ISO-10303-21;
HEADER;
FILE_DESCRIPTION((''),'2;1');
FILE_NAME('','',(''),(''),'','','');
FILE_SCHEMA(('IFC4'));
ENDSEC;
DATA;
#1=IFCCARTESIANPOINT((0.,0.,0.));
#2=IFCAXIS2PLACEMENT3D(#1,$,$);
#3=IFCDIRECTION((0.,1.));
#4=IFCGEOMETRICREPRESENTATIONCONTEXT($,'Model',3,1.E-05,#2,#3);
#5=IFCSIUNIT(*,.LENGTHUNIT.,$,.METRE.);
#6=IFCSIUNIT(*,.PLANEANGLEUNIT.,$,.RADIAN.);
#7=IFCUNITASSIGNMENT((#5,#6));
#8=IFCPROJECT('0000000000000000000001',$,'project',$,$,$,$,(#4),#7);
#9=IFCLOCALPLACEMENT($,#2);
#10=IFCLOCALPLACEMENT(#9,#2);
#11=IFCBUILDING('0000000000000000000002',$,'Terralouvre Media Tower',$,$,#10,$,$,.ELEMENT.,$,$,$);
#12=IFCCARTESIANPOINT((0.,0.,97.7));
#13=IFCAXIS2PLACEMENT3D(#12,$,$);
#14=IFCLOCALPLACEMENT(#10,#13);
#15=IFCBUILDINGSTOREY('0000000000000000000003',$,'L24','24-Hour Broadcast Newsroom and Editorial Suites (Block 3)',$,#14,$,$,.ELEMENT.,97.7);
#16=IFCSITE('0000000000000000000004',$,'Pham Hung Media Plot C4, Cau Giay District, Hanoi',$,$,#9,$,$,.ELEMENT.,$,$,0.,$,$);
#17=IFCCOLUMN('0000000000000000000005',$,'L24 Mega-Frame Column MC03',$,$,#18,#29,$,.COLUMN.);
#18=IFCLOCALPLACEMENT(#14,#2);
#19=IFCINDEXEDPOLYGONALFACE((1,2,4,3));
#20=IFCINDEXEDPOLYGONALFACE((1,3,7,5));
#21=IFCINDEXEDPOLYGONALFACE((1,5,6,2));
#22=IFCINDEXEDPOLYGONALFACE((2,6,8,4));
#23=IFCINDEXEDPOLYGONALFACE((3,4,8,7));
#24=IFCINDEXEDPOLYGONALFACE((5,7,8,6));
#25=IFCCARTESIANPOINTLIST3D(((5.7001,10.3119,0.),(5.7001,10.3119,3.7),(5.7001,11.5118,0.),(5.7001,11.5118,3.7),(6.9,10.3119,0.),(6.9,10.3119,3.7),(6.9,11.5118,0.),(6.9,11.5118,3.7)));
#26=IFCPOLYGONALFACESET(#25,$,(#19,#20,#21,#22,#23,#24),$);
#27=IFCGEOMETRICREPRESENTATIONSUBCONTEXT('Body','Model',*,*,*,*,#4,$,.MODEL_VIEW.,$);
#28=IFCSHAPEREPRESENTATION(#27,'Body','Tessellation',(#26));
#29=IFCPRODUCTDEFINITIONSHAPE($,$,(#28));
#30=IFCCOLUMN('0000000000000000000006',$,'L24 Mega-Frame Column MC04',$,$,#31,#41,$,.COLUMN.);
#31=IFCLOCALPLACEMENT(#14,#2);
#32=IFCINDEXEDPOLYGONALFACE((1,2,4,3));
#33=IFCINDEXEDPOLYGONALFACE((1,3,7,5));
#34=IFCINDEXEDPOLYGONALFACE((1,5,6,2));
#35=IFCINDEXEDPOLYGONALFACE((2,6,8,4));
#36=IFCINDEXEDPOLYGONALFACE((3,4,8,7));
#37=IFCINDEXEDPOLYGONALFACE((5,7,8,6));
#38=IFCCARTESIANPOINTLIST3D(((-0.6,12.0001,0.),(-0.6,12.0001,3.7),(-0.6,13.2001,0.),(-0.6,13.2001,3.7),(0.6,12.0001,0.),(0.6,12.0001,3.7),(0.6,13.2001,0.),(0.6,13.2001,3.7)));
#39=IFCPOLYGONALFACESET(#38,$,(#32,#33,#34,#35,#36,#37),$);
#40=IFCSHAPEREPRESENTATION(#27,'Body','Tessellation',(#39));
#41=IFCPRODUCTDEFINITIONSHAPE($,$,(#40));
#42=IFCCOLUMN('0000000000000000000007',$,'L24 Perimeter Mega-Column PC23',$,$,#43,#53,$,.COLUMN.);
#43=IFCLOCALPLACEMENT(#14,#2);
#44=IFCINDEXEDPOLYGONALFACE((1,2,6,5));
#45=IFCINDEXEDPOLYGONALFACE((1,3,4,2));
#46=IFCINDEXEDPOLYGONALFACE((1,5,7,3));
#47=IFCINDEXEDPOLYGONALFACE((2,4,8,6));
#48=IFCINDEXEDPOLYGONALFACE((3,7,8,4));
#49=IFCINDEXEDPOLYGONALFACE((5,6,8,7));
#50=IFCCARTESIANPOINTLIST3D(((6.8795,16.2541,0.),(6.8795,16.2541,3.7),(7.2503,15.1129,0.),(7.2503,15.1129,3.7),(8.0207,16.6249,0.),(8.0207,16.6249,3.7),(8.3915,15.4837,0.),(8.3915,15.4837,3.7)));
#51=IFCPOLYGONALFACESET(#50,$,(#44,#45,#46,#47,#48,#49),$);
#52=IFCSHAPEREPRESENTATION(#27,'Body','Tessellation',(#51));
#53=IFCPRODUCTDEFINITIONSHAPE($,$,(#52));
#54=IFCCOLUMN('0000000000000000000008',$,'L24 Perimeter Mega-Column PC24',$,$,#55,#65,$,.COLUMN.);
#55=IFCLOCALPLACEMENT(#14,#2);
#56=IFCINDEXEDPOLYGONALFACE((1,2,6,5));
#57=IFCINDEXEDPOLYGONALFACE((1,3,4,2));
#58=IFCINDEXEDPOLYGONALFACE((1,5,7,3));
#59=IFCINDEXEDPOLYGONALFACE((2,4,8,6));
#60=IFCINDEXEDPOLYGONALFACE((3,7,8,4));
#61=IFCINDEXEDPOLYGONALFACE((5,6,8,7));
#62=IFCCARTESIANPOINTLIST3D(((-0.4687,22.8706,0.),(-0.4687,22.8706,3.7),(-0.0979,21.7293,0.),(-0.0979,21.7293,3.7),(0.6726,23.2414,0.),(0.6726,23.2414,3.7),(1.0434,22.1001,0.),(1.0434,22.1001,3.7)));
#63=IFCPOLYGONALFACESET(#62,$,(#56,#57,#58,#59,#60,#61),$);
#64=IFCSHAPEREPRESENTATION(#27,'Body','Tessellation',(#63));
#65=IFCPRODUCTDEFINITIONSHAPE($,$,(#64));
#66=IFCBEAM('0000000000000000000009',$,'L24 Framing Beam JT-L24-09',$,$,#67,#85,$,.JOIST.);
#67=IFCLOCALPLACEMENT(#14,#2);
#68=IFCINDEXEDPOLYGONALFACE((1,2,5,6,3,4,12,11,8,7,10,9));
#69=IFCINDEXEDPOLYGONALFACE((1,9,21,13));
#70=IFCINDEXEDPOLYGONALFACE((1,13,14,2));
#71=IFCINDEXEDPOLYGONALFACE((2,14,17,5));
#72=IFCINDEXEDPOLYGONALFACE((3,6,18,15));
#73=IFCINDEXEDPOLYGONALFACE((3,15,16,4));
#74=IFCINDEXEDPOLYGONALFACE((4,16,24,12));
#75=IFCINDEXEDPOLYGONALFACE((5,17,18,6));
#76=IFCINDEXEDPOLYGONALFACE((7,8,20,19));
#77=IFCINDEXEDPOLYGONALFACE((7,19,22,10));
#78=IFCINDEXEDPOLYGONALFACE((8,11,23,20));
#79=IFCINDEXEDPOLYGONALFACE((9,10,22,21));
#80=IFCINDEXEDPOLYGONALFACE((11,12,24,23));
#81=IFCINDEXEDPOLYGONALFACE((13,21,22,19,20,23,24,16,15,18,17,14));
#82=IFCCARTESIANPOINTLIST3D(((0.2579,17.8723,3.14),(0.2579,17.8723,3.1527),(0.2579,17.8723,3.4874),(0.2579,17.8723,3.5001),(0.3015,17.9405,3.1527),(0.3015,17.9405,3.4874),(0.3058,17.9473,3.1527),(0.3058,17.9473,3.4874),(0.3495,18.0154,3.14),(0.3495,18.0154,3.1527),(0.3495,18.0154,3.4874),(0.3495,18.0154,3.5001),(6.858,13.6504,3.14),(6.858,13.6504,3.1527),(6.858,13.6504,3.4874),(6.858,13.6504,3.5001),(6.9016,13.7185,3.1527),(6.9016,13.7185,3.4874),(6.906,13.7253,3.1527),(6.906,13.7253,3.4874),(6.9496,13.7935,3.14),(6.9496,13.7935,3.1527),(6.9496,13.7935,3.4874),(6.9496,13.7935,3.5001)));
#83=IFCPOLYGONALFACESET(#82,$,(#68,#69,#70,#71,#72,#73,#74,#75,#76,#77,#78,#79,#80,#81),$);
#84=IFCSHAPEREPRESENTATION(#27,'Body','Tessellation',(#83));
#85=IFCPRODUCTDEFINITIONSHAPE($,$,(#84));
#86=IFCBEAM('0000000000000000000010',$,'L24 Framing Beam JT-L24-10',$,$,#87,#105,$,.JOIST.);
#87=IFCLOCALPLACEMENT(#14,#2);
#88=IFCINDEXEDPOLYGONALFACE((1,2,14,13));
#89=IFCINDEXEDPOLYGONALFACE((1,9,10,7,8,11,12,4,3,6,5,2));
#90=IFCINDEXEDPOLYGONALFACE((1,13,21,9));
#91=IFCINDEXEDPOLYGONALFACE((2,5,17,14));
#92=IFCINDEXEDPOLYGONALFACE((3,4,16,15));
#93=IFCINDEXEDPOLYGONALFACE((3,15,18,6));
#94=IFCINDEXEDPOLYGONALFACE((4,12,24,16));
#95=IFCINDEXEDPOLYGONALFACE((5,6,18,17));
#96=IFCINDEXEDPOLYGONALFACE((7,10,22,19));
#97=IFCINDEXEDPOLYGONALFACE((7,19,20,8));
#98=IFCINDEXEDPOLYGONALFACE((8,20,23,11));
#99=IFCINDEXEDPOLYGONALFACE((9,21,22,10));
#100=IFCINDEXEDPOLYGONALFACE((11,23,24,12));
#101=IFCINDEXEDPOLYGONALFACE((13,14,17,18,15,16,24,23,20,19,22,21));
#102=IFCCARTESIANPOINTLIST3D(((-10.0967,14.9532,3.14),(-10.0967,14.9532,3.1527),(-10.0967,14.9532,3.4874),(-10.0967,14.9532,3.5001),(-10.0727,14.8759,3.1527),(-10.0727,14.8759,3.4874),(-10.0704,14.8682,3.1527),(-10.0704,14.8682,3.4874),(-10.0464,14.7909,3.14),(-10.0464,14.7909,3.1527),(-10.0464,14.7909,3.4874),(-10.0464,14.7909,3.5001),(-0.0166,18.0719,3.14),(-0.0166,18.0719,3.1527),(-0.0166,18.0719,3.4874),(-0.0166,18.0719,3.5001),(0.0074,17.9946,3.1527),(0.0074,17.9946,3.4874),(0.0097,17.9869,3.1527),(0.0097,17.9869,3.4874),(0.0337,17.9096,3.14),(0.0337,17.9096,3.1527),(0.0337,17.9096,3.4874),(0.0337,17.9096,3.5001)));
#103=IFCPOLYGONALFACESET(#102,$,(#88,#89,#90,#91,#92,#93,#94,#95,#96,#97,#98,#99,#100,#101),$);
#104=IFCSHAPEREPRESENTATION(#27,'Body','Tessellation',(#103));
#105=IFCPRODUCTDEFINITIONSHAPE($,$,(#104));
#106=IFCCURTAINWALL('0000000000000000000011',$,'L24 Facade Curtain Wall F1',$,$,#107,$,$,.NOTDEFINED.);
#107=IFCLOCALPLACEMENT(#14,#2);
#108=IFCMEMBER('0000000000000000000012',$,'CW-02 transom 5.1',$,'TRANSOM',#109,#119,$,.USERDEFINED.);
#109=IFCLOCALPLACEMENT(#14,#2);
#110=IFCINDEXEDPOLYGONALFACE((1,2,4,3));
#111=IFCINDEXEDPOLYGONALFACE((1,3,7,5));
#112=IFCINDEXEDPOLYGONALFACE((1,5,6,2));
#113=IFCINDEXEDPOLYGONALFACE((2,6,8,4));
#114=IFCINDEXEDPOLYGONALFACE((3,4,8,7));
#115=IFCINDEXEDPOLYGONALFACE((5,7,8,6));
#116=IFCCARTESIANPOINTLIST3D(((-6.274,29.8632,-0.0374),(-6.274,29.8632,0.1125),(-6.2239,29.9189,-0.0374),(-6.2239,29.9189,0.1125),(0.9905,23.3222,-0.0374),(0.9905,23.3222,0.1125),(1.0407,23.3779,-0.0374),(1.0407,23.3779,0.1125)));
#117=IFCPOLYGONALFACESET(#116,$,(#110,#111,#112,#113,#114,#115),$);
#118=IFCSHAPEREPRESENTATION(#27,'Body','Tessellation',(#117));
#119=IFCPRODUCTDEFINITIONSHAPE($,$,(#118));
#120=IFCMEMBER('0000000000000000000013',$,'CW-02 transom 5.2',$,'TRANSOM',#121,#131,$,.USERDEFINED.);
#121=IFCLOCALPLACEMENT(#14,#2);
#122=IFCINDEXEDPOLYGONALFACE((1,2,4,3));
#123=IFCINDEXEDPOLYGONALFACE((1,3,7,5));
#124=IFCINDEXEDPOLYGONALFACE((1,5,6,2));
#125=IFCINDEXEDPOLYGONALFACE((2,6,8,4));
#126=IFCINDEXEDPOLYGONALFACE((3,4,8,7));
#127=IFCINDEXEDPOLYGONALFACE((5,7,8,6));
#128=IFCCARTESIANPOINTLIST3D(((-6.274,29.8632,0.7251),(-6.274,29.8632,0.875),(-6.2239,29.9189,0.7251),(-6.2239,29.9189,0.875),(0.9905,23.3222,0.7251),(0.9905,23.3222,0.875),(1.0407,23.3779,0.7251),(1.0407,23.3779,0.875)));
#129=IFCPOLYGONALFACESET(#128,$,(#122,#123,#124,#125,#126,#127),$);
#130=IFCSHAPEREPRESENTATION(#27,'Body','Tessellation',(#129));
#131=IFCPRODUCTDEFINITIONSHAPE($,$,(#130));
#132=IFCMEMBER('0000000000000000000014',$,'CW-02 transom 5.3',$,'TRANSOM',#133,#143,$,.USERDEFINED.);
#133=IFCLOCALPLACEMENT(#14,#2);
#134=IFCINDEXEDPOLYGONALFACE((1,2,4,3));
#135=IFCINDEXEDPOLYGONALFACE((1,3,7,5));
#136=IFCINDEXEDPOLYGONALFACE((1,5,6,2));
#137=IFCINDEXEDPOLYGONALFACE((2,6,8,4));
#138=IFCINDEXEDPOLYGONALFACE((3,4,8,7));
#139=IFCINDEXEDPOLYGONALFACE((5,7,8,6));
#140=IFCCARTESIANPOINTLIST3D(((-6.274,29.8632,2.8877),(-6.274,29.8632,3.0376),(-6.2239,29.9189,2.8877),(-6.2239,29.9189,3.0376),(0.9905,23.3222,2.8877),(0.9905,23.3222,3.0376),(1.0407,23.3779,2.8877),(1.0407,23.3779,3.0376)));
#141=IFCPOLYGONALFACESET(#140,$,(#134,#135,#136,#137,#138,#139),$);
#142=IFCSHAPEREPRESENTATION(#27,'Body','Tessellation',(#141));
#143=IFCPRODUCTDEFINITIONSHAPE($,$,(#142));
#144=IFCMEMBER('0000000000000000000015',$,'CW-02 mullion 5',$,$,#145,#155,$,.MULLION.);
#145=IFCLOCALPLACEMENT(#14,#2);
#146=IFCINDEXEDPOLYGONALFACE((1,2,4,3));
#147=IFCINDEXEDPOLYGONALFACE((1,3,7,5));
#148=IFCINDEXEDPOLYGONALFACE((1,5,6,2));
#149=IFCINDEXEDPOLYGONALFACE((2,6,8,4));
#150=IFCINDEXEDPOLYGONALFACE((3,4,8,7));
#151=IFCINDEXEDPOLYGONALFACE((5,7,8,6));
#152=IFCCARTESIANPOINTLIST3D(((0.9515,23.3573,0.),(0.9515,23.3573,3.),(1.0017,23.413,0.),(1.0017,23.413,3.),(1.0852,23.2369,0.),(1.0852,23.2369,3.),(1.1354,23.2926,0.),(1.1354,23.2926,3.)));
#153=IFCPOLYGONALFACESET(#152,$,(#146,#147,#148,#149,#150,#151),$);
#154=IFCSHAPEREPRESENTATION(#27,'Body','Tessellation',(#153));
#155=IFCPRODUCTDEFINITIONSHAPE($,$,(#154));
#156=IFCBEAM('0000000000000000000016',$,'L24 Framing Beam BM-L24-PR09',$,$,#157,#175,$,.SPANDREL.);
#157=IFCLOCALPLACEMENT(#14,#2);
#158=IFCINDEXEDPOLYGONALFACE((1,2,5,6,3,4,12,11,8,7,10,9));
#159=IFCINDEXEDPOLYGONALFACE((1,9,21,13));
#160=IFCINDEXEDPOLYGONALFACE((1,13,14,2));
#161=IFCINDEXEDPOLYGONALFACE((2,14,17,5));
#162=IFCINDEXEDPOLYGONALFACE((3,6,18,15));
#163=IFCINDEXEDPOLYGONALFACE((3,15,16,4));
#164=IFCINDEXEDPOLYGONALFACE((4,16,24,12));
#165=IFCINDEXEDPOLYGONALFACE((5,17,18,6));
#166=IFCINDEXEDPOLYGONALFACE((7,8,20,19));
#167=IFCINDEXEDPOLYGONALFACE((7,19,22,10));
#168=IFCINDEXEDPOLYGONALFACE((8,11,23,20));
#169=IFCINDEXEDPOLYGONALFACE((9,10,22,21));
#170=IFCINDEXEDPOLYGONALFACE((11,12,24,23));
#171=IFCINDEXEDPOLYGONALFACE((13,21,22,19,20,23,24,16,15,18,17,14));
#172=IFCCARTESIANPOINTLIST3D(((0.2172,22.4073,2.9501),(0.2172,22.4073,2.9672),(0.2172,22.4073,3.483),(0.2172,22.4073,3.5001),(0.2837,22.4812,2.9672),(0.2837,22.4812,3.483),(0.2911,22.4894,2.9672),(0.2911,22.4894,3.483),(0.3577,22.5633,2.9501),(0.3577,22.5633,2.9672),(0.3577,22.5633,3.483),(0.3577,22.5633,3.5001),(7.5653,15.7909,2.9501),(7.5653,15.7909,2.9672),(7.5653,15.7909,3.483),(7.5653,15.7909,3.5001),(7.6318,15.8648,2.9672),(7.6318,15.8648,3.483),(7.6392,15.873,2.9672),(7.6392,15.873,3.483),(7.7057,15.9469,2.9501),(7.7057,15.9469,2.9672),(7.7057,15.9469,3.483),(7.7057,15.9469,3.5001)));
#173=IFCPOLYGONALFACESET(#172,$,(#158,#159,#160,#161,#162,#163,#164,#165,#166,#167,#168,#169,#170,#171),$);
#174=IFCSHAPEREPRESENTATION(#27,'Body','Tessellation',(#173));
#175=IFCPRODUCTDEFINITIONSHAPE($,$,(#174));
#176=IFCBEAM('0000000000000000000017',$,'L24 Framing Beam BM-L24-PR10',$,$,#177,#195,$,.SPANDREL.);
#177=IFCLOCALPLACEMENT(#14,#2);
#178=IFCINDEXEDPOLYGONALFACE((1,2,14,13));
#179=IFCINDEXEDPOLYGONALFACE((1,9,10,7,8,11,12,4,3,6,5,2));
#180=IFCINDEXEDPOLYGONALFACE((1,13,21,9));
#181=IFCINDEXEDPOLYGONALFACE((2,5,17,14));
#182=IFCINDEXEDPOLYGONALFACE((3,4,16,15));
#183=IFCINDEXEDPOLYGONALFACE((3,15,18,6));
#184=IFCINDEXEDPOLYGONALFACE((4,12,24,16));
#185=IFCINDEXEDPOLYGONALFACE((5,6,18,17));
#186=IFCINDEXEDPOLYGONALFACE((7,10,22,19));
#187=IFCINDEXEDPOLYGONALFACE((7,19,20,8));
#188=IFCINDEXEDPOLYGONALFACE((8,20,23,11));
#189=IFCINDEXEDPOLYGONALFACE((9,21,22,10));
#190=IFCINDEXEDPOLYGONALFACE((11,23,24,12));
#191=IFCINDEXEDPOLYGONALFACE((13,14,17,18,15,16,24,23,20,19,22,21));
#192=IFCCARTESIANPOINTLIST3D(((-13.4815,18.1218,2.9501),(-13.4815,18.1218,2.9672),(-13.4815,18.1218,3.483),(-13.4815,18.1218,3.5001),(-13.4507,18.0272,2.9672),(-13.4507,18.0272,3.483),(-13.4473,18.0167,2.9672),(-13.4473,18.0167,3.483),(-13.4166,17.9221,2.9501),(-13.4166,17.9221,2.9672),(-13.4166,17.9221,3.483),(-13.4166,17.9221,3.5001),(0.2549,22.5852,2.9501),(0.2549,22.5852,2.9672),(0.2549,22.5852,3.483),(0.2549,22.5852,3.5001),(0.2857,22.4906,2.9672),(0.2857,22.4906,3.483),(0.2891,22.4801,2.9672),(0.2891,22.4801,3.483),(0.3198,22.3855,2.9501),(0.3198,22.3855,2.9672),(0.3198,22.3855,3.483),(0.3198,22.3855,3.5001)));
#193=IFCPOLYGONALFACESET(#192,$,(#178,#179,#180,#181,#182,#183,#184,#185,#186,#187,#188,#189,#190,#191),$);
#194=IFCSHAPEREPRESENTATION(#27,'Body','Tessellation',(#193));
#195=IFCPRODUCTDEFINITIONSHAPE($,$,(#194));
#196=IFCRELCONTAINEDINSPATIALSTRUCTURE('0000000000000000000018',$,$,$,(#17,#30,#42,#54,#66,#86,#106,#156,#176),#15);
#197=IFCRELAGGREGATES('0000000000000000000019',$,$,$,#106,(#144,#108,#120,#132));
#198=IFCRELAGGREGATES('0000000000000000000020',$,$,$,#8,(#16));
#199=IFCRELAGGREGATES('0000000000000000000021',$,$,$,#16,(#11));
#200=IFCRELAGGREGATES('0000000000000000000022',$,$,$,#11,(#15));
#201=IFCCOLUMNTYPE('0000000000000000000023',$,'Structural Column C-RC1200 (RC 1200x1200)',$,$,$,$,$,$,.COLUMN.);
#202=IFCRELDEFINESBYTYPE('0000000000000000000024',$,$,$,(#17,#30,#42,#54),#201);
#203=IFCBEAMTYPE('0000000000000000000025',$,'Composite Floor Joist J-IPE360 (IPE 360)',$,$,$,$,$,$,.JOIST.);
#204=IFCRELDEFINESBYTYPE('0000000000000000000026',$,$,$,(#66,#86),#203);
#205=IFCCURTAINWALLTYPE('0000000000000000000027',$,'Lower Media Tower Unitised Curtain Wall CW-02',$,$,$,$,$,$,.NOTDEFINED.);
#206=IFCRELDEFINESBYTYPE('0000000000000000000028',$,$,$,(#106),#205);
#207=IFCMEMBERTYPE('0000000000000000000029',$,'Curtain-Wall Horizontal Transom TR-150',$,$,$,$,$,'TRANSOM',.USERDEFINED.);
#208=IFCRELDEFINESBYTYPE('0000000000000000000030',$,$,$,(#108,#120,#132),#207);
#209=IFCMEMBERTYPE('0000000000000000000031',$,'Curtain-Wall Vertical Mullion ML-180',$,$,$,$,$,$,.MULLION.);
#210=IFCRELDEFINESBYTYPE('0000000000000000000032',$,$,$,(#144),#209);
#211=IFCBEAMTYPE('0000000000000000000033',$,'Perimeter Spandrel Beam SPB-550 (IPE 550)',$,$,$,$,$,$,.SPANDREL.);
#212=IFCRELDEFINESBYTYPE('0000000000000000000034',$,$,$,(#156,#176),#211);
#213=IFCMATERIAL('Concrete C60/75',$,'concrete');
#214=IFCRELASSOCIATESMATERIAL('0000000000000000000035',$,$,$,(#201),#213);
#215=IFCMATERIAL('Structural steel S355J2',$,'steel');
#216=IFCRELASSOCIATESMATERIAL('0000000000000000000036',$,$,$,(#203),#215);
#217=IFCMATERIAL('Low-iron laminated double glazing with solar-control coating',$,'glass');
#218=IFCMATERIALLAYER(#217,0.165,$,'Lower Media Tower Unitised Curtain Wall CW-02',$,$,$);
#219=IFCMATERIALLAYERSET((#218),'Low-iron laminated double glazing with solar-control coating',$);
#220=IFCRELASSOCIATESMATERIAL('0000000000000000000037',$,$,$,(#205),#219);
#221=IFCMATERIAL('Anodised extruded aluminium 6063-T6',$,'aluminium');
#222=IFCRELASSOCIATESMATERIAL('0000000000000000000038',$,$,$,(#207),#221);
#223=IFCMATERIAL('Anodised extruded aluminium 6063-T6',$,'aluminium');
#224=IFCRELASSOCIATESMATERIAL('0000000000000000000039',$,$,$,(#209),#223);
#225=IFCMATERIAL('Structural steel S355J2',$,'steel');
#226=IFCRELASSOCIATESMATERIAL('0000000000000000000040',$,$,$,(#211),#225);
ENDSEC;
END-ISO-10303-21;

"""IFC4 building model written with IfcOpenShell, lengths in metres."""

from ifc_helpers import new_model, si_unit, direction, frame, origin, origin_2d, place, context, subcontext, project, spatial, rectangle, i_section, extrude, material, layer, layer_set, material_profile, profile_set, type_object, element, aggregate, save


model = new_model("IFC4")

# Units and contexts
model_context = context("Model", 3, precision=1e-05, world=origin(), true_north=direction((0.0, 1.0)))
body_context = subcontext(model_context, "Body", "Model", "MODEL_VIEW")
ifc_project = project(units=[si_unit("LENGTHUNIT", "METRE"), si_unit("PLANEANGLEUNIT", "RADIAN")], contexts=[model_context])

# Site, building, storey
site_placement = place(None, origin())
site = spatial("IfcSite", under=ifc_project, at=site_placement, Name="Pham Hung Media Plot C4, Cau Giay District, Hanoi", CompositionType="ELEMENT", RefElevation=0.0)
building_placement = place(site_placement, origin())
building = spatial("IfcBuilding", under=site, at=building_placement, Name="Terralouvre Media Tower", CompositionType="ELEMENT")
storey_placement = place(building_placement, frame((0.0, 0.0, 97.7)))
storey = spatial("IfcBuildingStorey", under=building, at=storey_placement, Name="L24", Description="24-Hour Broadcast Newsroom and Editorial Suites (Block 3)", CompositionType="ELEMENT", Elevation=97.7)

# Columns
ifc_material_1 = material(Name="Concrete C60/75", Category="concrete")
ifc_material_profile_1 = material_profile(ifc_material_1, rectangle(XDim=1.2, YDim=1.2, at=origin_2d()), Name="RC 1200x1200")
ifc_profile_set_1 = profile_set([ifc_material_profile_1], Name="Concrete C60/75")
column_type = type_object("IfcColumnType", Name="Structural Column C-RC1200 (RC 1200x1200)", PredefinedType="COLUMN", material=ifc_profile_set_1)
for number, where, z_axis, x_axis, name in (
    (1, (6.3, 10.9119, 0.0), (0.0, 0.0, 1.0), (1.0, 0.0, 0.0), "L24 Mega-Frame Column MC03"),
    (2, (0.0, 12.6001, 0.0), (0.0, 0.0, 1.0), (1.0, 0.0, 0.0), "L24 Mega-Frame Column MC04"),
    (3, (7.6355, 15.8689, 0.0), (0.0, 0.0, 1.0), (0.951057, 0.309017, 0.0), "L24 Perimeter Mega-Column PC23"),
    (4, (0.2874, 22.4854, 0.0), (0.0, 0.0, 1.0), (0.951057, 0.309017, 0.0), "L24 Perimeter Mega-Column PC24"),
):
    element("IfcColumn", number, at=place(storey_placement, frame(where, z_axis=z_axis, x_axis=x_axis)), inside=storey, type_object=column_type, Name=name, PredefinedType="COLUMN", context=body_context, shape_type="SweptSolid", body=[
        extrude(rectangle(XDim=1.2, YDim=1.2, at=origin_2d()), origin(), (0.0, 0.0, 1.0), 3.7),
    ])

# Beams
ifc_material_2 = material(Name="Structural steel S355J2", Category="steel")
ifc_material_profile_2 = material_profile(ifc_material_2, i_section(OverallWidth=0.1699, OverallDepth=0.3601, WebThickness=0.0081, FlangeThickness=0.0127, at=origin_2d()), Name="IPE 360")
ifc_profile_set_2 = profile_set([ifc_material_profile_2], Name="Structural steel S355J2")
beam_type_1 = type_object("IfcBeamType", Name="Composite Floor Joist J-IPE360 (IPE 360)", PredefinedType="JOIST", material=ifc_profile_set_2)
beam_1_placement = place(storey_placement, frame((6.9038, 13.7219, 3.3201), z_axis=(-0.842395, 0.53886, 0.0), x_axis=(-0.53886, -0.842395, 0.0)))
element("IfcBeam", 5, at=beam_1_placement, inside=storey, type_object=beam_type_1, Name="L24 Framing Beam JT-L24-09", PredefinedType="JOIST", context=body_context, shape_type="SweptSolid", body=[
    extrude(i_section(OverallWidth=0.1699, OverallDepth=0.3601, WebThickness=0.0081, FlangeThickness=0.0127, at=origin_2d()), origin(), (0.0, 0.0, 1.0), 7.835),
])
beam_2_placement = place(storey_placement, frame((0.0085, 17.9907, 3.3201), z_axis=(-0.955323, -0.295565, 0.0), x_axis=(0.295565, -0.955323, 0.0)))
element("IfcBeam", 6, at=beam_2_placement, inside=storey, type_object=beam_type_1, Name="L24 Framing Beam JT-L24-10", PredefinedType="JOIST", context=body_context, shape_type="SweptSolid", body=[
    extrude(i_section(OverallWidth=0.1699, OverallDepth=0.3601, WebThickness=0.0081, FlangeThickness=0.0127, at=origin_2d()), origin(), (0.0, 0.0, 1.0), 10.5515),
])

# Curtain wall, members
ifc_material_3 = material(Name="Low-iron laminated double glazing with solar-control coating", Category="glass")
ifc_layer_1 = layer(ifc_material_3, 0.165, Name="Lower Media Tower Unitised Curtain Wall CW-02")
ifc_layer_set_1 = layer_set([ifc_layer_1], Name="Low-iron laminated double glazing with solar-control coating")
curtain_wall_type = type_object("IfcCurtainWallType", Name="Lower Media Tower Unitised Curtain Wall CW-02", PredefinedType="NOTDEFINED", material=ifc_layer_set_1)
curtain_wall_placement = place(storey_placement, origin())
curtain_wall = element("IfcCurtainWall", 7, at=curtain_wall_placement, inside=storey, type_object=curtain_wall_type, Name="L24 Facade Curtain Wall F1", PredefinedType="NOTDEFINED")
ifc_material_4 = material(Name="Anodised extruded aluminium 6063-T6", Category="aluminium")
ifc_material_profile_3 = material_profile(ifc_material_4, rectangle(XDim=0.075, YDim=0.1499, at=origin_2d()), Name="ALU 75x150")
ifc_profile_set_3 = profile_set([ifc_material_profile_3], Name="Anodised extruded aluminium 6063-T6")
member_type_1 = type_object("IfcMemberType", Name="Curtain-Wall Horizontal Transom TR-150", ElementType="TRANSOM", PredefinedType="USERDEFINED", material=ifc_profile_set_3)
member_1_placement = place(storey_placement, frame((1.0156, 23.3501, 0.0376), z_axis=(-0.74315, 0.669125, 0.0), x_axis=(-0.669125, -0.74315, 0.0)))
member_1 = element("IfcMember", 8, at=member_1_placement, type_object=member_type_1, Name="CW-02 transom 5.1", ObjectType="TRANSOM", PredefinedType="USERDEFINED", context=body_context, shape_type="SweptSolid", body=[
    extrude(rectangle(XDim=0.075, YDim=0.1499, at=origin_2d()), origin(), (0.0, 0.0, 1.0), 9.7754),
])
member_2_placement = place(storey_placement, frame((1.0156, 23.3501, 0.8), z_axis=(-0.74315, 0.669125, 0.0), x_axis=(-0.669125, -0.74315, 0.0)))
member_2 = element("IfcMember", 9, at=member_2_placement, type_object=member_type_1, Name="CW-02 transom 5.2", ObjectType="TRANSOM", PredefinedType="USERDEFINED", context=body_context, shape_type="SweptSolid", body=[
    extrude(rectangle(XDim=0.075, YDim=0.1499, at=origin_2d()), origin(), (0.0, 0.0, 1.0), 9.7754),
])
member_3_placement = place(storey_placement, frame((1.0156, 23.3501, 2.9626), z_axis=(-0.74315, 0.669125, 0.0), x_axis=(-0.669125, -0.74315, 0.0)))
member_3 = element("IfcMember", 10, at=member_3_placement, type_object=member_type_1, Name="CW-02 transom 5.3", ObjectType="TRANSOM", PredefinedType="USERDEFINED", context=body_context, shape_type="SweptSolid", body=[
    extrude(rectangle(XDim=0.075, YDim=0.1499, at=origin_2d()), origin(), (0.0, 0.0, 1.0), 9.7754),
])
ifc_material_5 = material(Name="Anodised extruded aluminium 6063-T6", Category="aluminium")
ifc_material_profile_4 = material_profile(ifc_material_5, rectangle(XDim=0.075, YDim=0.1799, at=origin_2d()), Name="ALU 75x180")
ifc_profile_set_4 = profile_set([ifc_material_profile_4], Name="Anodised extruded aluminium 6063-T6")
member_type_2 = type_object("IfcMemberType", Name="Curtain-Wall Vertical Mullion ML-180", PredefinedType="MULLION", material=ifc_profile_set_4)
member_4_placement = place(storey_placement, frame((1.0435, 23.325, 0.0), z_axis=(0.0, 0.0, 1.0), x_axis=(-0.669131, -0.743145, 0.0)))
member_4 = element("IfcMember", 11, at=member_4_placement, type_object=member_type_2, Name="CW-02 mullion 5", PredefinedType="MULLION", context=body_context, shape_type="SweptSolid", body=[
    extrude(rectangle(XDim=0.075, YDim=0.1799, at=origin_2d()), origin(), (0.0, 0.0, 1.0), 3.0),
])

# Beams
ifc_material_6 = material(Name="Structural steel S355J2", Category="steel")
ifc_material_profile_5 = material_profile(ifc_material_6, i_section(OverallWidth=0.21, OverallDepth=0.55, WebThickness=0.011, FlangeThickness=0.0171, at=origin_2d()), Name="IPE 550")
ifc_profile_set_5 = profile_set([ifc_material_profile_5], Name="Structural steel S355J2")
beam_type_2 = type_object("IfcBeamType", Name="Perimeter Spandrel Beam SPB-550 (IPE 550)", PredefinedType="SPANDREL", material=ifc_profile_set_5)
beam_3_placement = place(storey_placement, frame((7.6355, 15.8689, 3.2251), z_axis=(-0.743137, 0.669139, 0.0), x_axis=(-0.669139, -0.743137, 0.0)))
element("IfcBeam", 12, at=beam_3_placement, inside=storey, type_object=beam_type_2, Name="L24 Framing Beam BM-L24-PR09", PredefinedType="SPANDREL", context=body_context, shape_type="SweptSolid", body=[
    extrude(i_section(OverallWidth=0.21, OverallDepth=0.55, WebThickness=0.011, FlangeThickness=0.0171, at=origin_2d()), origin(), (0.0, 0.0, 1.0), 9.8879),
])
beam_4_placement = place(storey_placement, frame((0.2874, 22.4854, 3.2251), z_axis=(-0.951053, -0.309028, 0.0), x_axis=(0.309028, -0.951053, 0.0)))
element("IfcBeam", 13, at=beam_4_placement, inside=storey, type_object=beam_type_2, Name="L24 Framing Beam BM-L24-PR10", PredefinedType="SPANDREL", context=body_context, shape_type="SweptSolid", body=[
    extrude(i_section(OverallWidth=0.21, OverallDepth=0.55, WebThickness=0.011, FlangeThickness=0.0171, at=origin_2d()), origin(), (0.0, 0.0, 1.0), 14.4434),
])

aggregate(curtain_wall, [member_4, member_1, member_2, member_3])

save(model, "model.ifc")
